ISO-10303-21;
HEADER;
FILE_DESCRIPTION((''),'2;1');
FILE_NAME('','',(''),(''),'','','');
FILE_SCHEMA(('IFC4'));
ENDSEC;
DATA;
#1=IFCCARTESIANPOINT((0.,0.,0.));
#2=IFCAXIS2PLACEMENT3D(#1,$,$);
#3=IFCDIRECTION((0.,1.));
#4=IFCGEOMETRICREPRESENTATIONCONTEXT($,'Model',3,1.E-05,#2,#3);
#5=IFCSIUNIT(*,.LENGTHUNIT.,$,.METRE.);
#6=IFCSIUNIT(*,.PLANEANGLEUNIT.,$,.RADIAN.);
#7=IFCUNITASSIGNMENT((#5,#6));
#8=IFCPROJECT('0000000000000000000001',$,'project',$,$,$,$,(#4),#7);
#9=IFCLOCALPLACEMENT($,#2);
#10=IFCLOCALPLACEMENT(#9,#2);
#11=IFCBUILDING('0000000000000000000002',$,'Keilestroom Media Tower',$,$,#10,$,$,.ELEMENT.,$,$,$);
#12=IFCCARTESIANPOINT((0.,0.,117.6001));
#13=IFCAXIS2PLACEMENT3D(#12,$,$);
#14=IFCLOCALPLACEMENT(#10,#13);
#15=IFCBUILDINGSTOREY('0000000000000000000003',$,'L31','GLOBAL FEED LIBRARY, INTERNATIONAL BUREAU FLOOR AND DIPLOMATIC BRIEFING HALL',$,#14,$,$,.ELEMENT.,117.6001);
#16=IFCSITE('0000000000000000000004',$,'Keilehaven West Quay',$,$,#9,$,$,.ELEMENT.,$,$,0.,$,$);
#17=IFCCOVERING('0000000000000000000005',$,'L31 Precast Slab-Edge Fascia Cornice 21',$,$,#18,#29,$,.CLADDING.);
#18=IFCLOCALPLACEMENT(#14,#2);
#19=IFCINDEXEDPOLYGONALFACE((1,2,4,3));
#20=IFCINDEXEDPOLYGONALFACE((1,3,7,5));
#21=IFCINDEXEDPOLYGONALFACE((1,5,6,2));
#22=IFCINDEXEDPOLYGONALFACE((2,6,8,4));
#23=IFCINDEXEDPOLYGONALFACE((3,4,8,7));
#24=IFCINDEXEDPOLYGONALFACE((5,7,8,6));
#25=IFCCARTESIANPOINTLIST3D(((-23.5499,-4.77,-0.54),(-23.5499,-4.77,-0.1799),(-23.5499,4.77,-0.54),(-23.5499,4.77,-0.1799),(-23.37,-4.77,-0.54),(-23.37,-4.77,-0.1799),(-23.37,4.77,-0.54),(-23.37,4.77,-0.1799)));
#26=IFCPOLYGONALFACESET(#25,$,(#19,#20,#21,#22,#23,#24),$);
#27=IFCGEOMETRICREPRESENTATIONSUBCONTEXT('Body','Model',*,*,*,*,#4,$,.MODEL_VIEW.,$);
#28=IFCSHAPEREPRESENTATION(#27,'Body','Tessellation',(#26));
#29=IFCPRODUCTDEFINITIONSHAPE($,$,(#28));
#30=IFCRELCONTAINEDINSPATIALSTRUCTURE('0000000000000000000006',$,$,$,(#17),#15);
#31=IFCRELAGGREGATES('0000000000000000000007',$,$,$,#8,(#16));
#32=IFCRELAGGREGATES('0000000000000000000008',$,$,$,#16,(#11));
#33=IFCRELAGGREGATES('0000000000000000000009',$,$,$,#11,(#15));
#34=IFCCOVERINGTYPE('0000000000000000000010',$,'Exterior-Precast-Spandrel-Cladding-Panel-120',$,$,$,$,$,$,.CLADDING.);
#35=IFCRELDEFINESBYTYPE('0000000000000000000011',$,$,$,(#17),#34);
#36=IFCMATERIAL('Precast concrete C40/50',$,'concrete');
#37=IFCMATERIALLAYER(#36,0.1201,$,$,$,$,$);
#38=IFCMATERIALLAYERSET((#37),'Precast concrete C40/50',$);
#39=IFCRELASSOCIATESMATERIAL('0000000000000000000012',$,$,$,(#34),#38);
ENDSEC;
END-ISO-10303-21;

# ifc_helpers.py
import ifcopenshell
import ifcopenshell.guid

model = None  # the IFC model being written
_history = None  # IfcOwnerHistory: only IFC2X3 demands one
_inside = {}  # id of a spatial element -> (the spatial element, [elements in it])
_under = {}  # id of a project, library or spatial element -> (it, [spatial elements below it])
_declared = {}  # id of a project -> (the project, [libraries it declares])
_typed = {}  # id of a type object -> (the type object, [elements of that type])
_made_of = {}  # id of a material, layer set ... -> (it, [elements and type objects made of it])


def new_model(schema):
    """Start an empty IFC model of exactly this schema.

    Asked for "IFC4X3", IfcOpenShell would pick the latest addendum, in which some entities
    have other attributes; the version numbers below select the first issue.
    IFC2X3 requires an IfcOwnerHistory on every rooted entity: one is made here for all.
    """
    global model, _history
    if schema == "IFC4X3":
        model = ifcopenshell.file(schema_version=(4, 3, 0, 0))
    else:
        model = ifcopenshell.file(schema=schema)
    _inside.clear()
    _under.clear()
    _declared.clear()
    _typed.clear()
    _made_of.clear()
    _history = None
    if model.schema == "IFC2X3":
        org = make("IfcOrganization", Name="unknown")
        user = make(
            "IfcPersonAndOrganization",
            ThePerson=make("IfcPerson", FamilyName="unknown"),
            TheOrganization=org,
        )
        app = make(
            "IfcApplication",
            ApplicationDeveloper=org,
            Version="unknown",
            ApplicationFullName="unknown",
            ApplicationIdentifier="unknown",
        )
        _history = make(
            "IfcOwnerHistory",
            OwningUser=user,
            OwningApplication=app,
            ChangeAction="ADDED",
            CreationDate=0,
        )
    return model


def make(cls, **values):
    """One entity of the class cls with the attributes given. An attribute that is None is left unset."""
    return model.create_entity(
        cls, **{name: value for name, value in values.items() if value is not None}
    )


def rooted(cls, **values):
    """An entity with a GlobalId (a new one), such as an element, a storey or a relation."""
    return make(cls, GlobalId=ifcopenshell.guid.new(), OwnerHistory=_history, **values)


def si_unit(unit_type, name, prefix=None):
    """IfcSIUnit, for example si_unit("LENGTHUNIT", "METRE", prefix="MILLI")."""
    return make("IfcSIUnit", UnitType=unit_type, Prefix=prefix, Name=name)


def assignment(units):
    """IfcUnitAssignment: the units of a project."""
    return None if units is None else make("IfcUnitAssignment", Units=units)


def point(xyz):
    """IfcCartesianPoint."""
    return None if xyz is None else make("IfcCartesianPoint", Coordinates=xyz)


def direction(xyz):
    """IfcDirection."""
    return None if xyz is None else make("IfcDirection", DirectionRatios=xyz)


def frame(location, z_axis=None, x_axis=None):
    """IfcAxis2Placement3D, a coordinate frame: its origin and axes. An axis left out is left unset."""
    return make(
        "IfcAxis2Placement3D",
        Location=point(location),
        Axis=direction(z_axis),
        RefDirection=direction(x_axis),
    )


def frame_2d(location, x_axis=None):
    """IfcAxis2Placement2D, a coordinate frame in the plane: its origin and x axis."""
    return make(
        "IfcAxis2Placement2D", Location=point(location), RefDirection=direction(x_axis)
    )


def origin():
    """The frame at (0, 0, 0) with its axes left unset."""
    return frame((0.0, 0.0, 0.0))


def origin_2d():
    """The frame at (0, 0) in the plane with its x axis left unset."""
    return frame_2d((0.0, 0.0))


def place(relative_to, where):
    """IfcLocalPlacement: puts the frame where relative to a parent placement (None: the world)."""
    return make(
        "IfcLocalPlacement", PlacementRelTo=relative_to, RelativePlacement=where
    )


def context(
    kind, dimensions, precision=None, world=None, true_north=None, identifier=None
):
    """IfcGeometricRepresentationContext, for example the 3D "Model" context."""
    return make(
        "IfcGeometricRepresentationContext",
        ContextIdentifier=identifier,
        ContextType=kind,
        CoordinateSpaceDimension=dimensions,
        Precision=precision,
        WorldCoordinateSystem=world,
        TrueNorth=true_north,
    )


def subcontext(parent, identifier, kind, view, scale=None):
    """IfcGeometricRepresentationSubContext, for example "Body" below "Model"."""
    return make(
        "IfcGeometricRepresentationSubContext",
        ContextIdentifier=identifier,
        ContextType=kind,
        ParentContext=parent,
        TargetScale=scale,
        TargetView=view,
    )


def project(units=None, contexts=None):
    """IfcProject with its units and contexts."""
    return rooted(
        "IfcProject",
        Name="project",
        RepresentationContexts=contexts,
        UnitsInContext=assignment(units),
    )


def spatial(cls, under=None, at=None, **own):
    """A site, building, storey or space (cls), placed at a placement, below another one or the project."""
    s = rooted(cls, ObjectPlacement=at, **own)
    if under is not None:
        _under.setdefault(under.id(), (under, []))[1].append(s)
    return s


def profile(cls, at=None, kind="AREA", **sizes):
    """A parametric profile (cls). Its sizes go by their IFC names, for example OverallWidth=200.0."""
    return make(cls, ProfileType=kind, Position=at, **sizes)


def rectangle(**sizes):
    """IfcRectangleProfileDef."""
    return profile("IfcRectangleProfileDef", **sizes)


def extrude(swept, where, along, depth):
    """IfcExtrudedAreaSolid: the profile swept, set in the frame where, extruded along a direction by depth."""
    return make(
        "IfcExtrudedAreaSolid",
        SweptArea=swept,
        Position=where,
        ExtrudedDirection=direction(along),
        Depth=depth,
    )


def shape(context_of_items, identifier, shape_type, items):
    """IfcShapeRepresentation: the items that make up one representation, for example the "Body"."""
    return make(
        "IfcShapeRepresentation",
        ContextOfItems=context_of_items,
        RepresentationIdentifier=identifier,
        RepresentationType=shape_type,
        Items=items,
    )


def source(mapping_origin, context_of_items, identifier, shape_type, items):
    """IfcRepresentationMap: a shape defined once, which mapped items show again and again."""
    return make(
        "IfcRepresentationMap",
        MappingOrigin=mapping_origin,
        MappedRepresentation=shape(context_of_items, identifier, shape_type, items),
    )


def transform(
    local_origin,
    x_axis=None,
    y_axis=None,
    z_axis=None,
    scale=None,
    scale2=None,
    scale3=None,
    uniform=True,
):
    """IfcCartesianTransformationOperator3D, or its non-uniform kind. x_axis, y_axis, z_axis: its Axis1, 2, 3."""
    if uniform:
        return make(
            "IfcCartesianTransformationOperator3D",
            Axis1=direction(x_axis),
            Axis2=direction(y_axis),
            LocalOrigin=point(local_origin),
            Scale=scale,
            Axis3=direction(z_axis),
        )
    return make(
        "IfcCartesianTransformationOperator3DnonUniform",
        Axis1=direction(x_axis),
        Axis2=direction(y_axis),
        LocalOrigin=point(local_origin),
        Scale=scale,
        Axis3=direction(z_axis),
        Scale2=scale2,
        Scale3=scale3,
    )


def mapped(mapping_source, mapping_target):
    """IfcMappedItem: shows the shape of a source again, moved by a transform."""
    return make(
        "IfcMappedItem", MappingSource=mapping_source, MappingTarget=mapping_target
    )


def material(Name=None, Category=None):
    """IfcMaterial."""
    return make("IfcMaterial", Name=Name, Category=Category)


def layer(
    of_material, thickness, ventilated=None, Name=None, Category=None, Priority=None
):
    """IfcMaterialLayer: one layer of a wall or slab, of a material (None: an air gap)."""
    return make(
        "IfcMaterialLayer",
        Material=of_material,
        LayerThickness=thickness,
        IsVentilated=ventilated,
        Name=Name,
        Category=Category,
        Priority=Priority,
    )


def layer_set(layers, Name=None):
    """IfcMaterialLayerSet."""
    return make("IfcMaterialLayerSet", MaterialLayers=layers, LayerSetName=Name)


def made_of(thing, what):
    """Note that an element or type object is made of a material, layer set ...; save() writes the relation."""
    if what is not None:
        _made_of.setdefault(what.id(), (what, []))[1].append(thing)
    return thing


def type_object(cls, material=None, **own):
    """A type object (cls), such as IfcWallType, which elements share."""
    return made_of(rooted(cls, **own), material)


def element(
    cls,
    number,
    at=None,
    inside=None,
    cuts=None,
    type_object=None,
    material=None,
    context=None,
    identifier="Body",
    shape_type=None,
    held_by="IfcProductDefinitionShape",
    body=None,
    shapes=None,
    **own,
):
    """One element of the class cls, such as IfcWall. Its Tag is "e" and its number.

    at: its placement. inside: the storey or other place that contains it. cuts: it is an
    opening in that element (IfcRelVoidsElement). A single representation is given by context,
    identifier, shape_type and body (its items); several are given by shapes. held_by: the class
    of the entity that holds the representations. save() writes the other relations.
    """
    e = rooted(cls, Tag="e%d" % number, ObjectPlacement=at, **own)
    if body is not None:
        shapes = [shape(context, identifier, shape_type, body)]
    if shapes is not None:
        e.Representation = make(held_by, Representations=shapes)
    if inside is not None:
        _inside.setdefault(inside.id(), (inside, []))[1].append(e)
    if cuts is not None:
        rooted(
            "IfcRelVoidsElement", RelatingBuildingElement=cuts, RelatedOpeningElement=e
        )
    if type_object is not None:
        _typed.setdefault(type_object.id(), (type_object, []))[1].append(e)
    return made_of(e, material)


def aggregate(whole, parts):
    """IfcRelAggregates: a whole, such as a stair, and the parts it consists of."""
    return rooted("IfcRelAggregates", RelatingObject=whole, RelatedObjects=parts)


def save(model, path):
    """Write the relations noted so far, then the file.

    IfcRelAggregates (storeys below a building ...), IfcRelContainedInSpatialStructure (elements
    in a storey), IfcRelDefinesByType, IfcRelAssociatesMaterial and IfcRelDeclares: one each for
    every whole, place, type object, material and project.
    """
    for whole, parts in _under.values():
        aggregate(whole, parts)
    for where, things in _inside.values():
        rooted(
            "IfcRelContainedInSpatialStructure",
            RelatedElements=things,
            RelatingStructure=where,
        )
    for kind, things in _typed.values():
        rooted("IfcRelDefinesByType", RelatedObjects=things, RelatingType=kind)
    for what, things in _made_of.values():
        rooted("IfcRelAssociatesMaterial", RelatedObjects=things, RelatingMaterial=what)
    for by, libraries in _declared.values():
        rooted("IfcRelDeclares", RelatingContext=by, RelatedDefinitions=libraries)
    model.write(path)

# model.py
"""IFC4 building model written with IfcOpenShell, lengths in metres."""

from ifc_helpers import new_model, si_unit, direction, frame, origin, origin_2d, place, context, subcontext, project, spatial, rectangle, extrude, source, transform, mapped, material, layer, layer_set, type_object, element, save


model = new_model("IFC4")

# Units and contexts
model_context = context("Model", 3, precision=1e-05, world=origin(), true_north=direction((0.0, 1.0)))
body_context = subcontext(model_context, "Body", "Model", "MODEL_VIEW")
ifc_project = project(units=[si_unit("LENGTHUNIT", "METRE"), si_unit("PLANEANGLEUNIT", "RADIAN")], contexts=[model_context])

# Site, building, storey
site_placement = place(None, origin())
site = spatial("IfcSite", under=ifc_project, at=site_placement, Name="Keilehaven West Quay", CompositionType="ELEMENT", RefElevation=0.0)
building_placement = place(site_placement, origin())
building = spatial("IfcBuilding", under=site, at=building_placement, Name="Keilestroom Media Tower", CompositionType="ELEMENT")
storey_placement = place(building_placement, frame((0.0, 0.0, 117.6001)))
storey = spatial("IfcBuildingStorey", under=building, at=storey_placement, Name="L31", Description="GLOBAL FEED LIBRARY, INTERNATIONAL BUREAU FLOOR AND DIPLOMATIC BRIEFING HALL", CompositionType="ELEMENT", Elevation=117.6001)

# Shared definitions
ifc_material_1 = material(Name="Precast concrete C40/50", Category="concrete")

# Covering
ifc_layer_1 = layer(ifc_material_1, 0.1201)
ifc_layer_set_1 = layer_set([ifc_layer_1], Name="Precast concrete C40/50")
covering_type = type_object("IfcCoveringType", Name="Exterior-Precast-Spandrel-Cladding-Panel-120", PredefinedType="CLADDING", material=ifc_layer_set_1)
shared_shape_1 = source(origin(), body_context, "Body", "SweptSolid", [
    extrude(rectangle(XDim=9.54, YDim=0.1799, at=origin_2d()), origin(), (0.0, 0.0, 1.0), 0.3601),
])
covering_placement = place(storey_placement, frame((-23.46, 0.0, -0.54), z_axis=(0.0, 0.0, 1.0), x_axis=(0.0, 1.0, 0.0)))
element("IfcCovering", 1, at=covering_placement, inside=storey, type_object=covering_type, Name="L31 Precast Slab-Edge Fascia Cornice 21", PredefinedType="CLADDING", context=body_context, shape_type="MappedRepresentation", body=[
    mapped(shared_shape_1, transform((0.0, 0.0, 0.0), x_axis=(1.0, 0.0, 0.0), y_axis=(0.0, 1.0, 0.0), z_axis=(0.0, 0.0, 1.0), scale=1.0)),
])

save(model, "model.ifc")
